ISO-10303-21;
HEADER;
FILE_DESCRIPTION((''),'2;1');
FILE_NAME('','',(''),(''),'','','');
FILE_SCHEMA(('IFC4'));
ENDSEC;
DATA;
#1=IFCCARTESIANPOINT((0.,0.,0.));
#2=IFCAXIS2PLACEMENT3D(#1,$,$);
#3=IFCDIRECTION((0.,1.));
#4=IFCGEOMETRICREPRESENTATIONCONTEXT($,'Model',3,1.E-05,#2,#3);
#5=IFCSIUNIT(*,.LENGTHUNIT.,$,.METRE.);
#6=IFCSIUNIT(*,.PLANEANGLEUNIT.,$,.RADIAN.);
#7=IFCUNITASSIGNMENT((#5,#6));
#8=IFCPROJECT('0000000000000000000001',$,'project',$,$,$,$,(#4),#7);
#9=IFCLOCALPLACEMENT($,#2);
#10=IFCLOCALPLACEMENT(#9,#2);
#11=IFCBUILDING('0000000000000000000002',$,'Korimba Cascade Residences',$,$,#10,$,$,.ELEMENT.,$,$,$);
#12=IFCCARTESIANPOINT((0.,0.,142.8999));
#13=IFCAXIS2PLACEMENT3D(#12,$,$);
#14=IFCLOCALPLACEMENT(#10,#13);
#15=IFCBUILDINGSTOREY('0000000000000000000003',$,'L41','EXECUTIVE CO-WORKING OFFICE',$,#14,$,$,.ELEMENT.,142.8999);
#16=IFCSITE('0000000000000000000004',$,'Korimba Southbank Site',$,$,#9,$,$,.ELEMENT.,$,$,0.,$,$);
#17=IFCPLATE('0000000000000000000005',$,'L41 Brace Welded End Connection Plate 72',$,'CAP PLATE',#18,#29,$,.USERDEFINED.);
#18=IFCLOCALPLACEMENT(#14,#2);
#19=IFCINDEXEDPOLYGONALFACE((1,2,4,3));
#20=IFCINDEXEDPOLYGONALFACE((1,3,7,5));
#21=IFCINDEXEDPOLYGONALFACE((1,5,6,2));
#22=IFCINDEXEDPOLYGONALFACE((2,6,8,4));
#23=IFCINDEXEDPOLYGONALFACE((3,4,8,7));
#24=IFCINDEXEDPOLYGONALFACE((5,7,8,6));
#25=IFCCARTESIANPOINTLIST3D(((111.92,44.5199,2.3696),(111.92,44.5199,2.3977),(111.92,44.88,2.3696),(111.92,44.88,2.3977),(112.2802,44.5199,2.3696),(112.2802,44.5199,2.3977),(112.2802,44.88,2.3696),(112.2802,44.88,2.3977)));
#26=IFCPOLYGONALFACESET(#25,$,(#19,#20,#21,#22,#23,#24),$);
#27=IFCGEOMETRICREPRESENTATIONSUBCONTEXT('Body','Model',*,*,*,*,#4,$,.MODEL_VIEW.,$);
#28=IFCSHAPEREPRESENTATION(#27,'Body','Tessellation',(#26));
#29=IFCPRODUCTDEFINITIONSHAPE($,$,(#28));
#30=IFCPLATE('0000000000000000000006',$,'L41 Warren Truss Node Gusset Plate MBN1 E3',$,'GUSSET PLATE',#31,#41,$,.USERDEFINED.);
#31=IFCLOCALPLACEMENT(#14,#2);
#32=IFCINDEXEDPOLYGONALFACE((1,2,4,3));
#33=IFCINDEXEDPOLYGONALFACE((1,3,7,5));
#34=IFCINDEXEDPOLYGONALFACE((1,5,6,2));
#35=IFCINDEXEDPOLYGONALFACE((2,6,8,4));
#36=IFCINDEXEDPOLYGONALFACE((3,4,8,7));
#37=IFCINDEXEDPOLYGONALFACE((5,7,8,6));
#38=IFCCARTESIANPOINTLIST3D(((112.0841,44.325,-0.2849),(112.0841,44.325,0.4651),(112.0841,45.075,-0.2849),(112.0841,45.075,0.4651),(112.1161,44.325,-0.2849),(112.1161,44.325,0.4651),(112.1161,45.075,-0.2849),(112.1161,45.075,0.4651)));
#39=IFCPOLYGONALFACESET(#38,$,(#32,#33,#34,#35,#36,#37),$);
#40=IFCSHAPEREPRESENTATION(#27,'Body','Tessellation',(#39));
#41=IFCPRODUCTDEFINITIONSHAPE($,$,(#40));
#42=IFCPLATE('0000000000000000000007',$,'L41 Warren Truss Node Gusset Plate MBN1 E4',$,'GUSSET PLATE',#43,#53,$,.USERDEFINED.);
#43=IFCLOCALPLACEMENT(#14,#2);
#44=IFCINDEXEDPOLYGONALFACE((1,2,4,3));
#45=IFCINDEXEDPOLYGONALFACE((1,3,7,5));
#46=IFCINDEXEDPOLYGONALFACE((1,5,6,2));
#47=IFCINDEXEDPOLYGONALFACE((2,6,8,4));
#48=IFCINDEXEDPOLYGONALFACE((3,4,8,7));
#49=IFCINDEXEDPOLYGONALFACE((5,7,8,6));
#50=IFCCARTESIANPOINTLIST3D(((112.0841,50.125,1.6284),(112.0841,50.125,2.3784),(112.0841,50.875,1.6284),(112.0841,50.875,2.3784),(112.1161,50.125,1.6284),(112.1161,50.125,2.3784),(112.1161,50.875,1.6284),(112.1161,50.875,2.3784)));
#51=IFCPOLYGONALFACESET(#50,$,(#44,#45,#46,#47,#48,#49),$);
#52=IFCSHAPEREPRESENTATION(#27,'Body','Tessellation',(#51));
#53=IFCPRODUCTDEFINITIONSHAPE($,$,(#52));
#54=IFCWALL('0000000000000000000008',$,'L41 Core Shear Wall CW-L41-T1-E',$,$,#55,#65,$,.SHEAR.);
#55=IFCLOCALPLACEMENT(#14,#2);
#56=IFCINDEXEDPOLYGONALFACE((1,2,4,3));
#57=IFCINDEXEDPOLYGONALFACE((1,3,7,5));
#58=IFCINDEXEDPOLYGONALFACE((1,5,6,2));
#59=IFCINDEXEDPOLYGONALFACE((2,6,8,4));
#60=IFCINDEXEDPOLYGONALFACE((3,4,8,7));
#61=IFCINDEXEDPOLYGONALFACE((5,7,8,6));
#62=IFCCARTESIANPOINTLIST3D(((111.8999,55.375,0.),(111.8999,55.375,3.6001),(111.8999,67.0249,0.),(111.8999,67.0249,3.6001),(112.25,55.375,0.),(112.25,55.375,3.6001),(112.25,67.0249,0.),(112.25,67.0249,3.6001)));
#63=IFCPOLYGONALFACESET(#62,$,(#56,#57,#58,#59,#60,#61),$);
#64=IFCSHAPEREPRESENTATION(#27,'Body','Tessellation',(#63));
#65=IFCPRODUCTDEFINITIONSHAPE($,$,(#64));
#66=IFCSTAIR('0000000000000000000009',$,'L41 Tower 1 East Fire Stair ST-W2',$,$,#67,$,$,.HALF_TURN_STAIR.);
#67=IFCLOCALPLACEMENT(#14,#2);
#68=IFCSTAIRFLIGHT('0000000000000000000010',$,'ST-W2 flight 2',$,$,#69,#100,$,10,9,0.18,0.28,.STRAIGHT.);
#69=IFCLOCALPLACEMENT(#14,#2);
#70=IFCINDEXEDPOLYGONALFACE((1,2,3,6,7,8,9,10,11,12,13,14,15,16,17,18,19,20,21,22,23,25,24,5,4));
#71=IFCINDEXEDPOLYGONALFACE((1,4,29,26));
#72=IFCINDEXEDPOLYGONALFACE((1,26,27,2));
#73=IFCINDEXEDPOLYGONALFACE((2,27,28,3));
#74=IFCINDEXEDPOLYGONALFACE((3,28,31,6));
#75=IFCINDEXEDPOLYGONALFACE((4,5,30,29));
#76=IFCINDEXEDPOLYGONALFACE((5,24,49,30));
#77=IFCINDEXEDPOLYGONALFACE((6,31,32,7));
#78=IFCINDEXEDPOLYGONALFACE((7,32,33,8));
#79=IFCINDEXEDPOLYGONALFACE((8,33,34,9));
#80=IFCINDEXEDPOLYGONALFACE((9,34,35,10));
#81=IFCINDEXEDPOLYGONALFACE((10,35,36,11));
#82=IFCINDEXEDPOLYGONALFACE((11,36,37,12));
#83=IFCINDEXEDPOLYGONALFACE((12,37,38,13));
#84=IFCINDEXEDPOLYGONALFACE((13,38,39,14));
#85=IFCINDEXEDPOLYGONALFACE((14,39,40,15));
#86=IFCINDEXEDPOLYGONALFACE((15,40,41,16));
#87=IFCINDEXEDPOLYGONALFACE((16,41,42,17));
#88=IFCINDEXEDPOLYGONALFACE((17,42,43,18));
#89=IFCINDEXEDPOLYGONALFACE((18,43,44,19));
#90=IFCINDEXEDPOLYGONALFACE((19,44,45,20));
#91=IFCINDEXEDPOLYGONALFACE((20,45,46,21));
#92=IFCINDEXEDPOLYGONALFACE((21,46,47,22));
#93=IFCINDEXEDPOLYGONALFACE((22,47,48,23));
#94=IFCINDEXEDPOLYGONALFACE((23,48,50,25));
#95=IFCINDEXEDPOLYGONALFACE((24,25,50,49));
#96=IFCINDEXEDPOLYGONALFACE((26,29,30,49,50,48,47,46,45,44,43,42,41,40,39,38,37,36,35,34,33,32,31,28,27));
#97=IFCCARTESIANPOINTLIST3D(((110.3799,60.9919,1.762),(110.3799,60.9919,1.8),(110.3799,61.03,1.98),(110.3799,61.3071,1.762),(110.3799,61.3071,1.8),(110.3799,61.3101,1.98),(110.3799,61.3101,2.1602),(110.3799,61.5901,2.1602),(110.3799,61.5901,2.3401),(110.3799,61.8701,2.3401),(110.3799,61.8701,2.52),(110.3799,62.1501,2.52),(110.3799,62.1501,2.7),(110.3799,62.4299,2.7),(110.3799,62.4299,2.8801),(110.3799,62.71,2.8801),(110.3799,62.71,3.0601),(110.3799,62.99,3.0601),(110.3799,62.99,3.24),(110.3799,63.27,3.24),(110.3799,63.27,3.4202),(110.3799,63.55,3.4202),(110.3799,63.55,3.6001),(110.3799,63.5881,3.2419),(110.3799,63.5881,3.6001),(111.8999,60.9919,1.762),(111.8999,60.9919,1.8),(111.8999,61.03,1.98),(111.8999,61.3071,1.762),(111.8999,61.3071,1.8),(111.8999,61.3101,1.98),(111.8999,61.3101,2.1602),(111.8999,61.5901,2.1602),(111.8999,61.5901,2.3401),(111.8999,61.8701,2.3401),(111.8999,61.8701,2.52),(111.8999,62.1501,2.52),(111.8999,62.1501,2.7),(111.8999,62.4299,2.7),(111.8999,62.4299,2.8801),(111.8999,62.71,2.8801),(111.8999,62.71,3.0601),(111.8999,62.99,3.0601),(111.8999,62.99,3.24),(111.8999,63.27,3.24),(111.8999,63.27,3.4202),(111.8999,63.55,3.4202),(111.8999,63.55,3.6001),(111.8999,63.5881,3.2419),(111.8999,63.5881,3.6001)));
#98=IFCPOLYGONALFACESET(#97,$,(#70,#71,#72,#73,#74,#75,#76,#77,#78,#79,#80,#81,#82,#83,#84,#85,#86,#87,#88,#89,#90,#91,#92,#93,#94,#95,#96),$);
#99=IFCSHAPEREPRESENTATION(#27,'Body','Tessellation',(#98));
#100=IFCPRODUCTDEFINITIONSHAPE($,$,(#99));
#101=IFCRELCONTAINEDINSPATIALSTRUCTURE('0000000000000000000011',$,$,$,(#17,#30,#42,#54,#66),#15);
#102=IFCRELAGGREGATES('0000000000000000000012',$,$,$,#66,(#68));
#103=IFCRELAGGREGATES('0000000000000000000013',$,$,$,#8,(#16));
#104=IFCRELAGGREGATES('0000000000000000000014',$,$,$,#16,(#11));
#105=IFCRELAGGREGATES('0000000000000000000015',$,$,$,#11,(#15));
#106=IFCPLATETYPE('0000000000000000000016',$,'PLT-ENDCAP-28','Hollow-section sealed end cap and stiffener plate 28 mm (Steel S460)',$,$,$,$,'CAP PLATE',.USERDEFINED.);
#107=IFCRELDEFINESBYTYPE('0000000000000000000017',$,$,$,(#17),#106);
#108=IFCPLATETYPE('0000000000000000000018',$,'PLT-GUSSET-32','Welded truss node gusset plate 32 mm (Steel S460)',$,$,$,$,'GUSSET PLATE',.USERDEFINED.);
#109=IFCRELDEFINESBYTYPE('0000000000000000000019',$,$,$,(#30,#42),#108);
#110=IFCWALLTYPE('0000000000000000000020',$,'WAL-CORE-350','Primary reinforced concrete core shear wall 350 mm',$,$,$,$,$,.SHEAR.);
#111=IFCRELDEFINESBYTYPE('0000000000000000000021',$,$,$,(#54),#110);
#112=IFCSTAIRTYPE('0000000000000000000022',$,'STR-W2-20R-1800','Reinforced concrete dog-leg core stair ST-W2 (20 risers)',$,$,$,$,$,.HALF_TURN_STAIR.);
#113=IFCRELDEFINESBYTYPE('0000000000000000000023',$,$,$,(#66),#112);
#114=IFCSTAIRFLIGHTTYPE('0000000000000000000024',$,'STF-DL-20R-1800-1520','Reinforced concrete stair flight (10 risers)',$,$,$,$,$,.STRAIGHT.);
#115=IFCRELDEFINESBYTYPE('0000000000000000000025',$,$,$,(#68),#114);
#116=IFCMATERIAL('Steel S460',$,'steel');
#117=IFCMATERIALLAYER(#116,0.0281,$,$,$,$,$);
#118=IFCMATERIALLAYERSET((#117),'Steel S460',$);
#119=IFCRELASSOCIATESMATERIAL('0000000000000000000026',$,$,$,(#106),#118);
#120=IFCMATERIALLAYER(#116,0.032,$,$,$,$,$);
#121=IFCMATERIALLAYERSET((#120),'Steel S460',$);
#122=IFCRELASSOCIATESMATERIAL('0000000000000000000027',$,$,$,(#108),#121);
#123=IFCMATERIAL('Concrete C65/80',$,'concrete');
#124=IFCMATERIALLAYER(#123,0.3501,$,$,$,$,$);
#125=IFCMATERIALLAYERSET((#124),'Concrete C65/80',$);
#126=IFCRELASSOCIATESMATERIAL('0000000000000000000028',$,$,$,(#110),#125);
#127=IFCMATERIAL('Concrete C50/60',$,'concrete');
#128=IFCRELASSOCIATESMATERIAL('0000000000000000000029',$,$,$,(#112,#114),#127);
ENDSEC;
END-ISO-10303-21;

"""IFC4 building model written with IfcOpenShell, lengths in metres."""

from ifc_helpers import new_model, si_unit, direction, frame, frame_2d, origin, origin_2d, place, context, subcontext, project, spatial, polyline, rectangle, outline, extrude, material, layer, layer_set, type_object, element, aggregate, save


model = new_model("IFC4")

# Units and contexts
model_context = context("Model", 3, precision=1e-05, world=origin(), true_north=direction((0.0, 1.0)))
body_context = subcontext(model_context, "Body", "Model", "MODEL_VIEW")
ifc_project = project(units=[si_unit("LENGTHUNIT", "METRE"), si_unit("PLANEANGLEUNIT", "RADIAN")], contexts=[model_context])

# Site, building, storey
site_placement = place(None, origin())
site = spatial("IfcSite", under=ifc_project, at=site_placement, Name="Korimba Southbank Site", CompositionType="ELEMENT", RefElevation=0.0)
building_placement = place(site_placement, origin())
building = spatial("IfcBuilding", under=site, at=building_placement, Name="Korimba Cascade Residences", CompositionType="ELEMENT")
storey_placement = place(building_placement, frame((0.0, 0.0, 142.8999)))
storey = spatial("IfcBuildingStorey", under=building, at=storey_placement, Name="L41", Description="EXECUTIVE CO-WORKING OFFICE", CompositionType="ELEMENT", Elevation=142.8999)

# Shared definitions
ifc_material_1 = material(Name="Steel S460", Category="steel")

# Plates
ifc_layer_1 = layer(ifc_material_1, 0.0281)
ifc_layer_set_1 = layer_set([ifc_layer_1], Name="Steel S460")
plate_type_1 = type_object("IfcPlateType", Name="PLT-ENDCAP-28", Description="Hollow-section sealed end cap and stiffener plate 28 mm (Steel S460)", ElementType="CAP PLATE", PredefinedType="USERDEFINED", material=ifc_layer_set_1)
plate_1_placement = place(storey_placement, frame((112.1001, 44.7, 2.3696), z_axis=(0.0, 0.0, 1.0), x_axis=(1.0, 0.0, 0.0)))
element("IfcPlate", 1, at=plate_1_placement, inside=storey, type_object=plate_type_1, Name="L41 Brace Welded End Connection Plate 72", ObjectType="CAP PLATE", PredefinedType="USERDEFINED", context=body_context, shape_type="SweptSolid", body=[
    extrude(rectangle(XDim=0.3601, YDim=0.3601, at=origin_2d()), origin(), (0.0, 0.0, 1.0), 0.0281),
])
ifc_layer_2 = layer(ifc_material_1, 0.032)
ifc_layer_set_2 = layer_set([ifc_layer_2], Name="Steel S460")
plate_type_2 = type_object("IfcPlateType", Name="PLT-GUSSET-32", Description="Welded truss node gusset plate 32 mm (Steel S460)", ElementType="GUSSET PLATE", PredefinedType="USERDEFINED", material=ifc_layer_set_2)
for number, where, z_axis, x_axis, name in (
    (2, (112.1001, 44.7, -0.2849), (0.0, 0.0, 1.0), (1.0, 0.0, 0.0), "L41 Warren Truss Node Gusset Plate MBN1 E3"),
    (3, (112.1001, 50.5, 1.6284), (0.0, 0.0, 1.0), (1.0, 0.0, 0.0), "L41 Warren Truss Node Gusset Plate MBN1 E4"),
):
    element("IfcPlate", number, at=place(storey_placement, frame(where, z_axis=z_axis, x_axis=x_axis)), inside=storey, type_object=plate_type_2, Name=name, ObjectType="GUSSET PLATE", PredefinedType="USERDEFINED", context=body_context, shape_type="SweptSolid", body=[
        extrude(rectangle(XDim=0.032, YDim=0.75, at=origin_2d()), origin(), (0.0, 0.0, 1.0), 0.75),
    ])

# Wall
ifc_material_2 = material(Name="Concrete C65/80", Category="concrete")
ifc_layer_3 = layer(ifc_material_2, 0.3501)
ifc_layer_set_3 = layer_set([ifc_layer_3], Name="Concrete C65/80")
wall_type = type_object("IfcWallType", Name="WAL-CORE-350", Description="Primary reinforced concrete core shear wall 350 mm", PredefinedType="SHEAR", material=ifc_layer_set_3)
wall_placement = place(storey_placement, frame((112.075, 55.375, 0.0), z_axis=(0.0, 0.0, 1.0), x_axis=(0.0, 1.0, 0.0)))
element("IfcWall", 4, at=wall_placement, inside=storey, type_object=wall_type, Name="L41 Core Shear Wall CW-L41-T1-E", PredefinedType="SHEAR", context=body_context, shape_type="SweptSolid", body=[
    extrude(rectangle(XDim=11.6499, YDim=0.3501, at=frame_2d((5.825, 0.0))), origin(), (0.0, 0.0, 1.0), 3.6001),
])

# Stair, stair flight
ifc_material_3 = material(Name="Concrete C50/60", Category="concrete")
stair_type = type_object("IfcStairType", Name="STR-W2-20R-1800", Description="Reinforced concrete dog-leg core stair ST-W2 (20 risers)", PredefinedType="HALF_TURN_STAIR", material=ifc_material_3)
stair_placement = place(storey_placement, origin())
stair = element("IfcStair", 5, at=stair_placement, inside=storey, type_object=stair_type, Name="L41 Tower 1 East Fire Stair ST-W2", PredefinedType="HALF_TURN_STAIR")
stair_flight_type = type_object("IfcStairFlightType", Name="STF-DL-20R-1800-1520", Description="Reinforced concrete stair flight (10 risers)", PredefinedType="STRAIGHT", material=ifc_material_3)
stair_flight_placement = place(storey_placement, frame((111.1399, 61.03, 1.8), z_axis=(0.0, 0.0, 1.0), x_axis=(0.0, 1.0, 0.0)))
stair_flight = element("IfcStairFlight", 6, at=stair_flight_placement, type_object=stair_flight_type, Name="ST-W2 flight 2", NumberOfRisers=10, NumberOfTreads=9, PredefinedType="STRAIGHT", RiserHeight=0.18, TreadLength=0.28, context=body_context, shape_type="SweptSolid", body=[
    extrude(outline(polyline([(-0.0381, 0.0), (0.0, 0.1799), (0.28, 0.1799), (0.28, 0.3601), (0.5601, 0.3601), (0.5601, 0.54), (0.8401, 0.54), (0.8401, 0.72), (1.1201, 0.72), (1.1201, 0.8999), (1.3999, 0.8999), (1.3999, 1.0801), (1.6799, 1.0801), (1.6799, 1.26), (1.96, 1.26), (1.96, 1.4399), (2.24, 1.4399), (2.24, 1.6201), (2.52, 1.6201), (2.52, 1.8), (2.5581, 1.8), (2.5581, 1.4419), (0.2771, 0.0), (0.2771, -0.0381), (-0.0381, -0.0381), (-0.0381, 0.0)])), frame((0.0, 0.76, 0.0), z_axis=(0.0, -1.0, 0.0), x_axis=(1.0, 0.0, 0.0)), (0.0, 0.0, 1.0), 1.52),
])
aggregate(stair, [stair_flight])

save(model, "model.ifc")
